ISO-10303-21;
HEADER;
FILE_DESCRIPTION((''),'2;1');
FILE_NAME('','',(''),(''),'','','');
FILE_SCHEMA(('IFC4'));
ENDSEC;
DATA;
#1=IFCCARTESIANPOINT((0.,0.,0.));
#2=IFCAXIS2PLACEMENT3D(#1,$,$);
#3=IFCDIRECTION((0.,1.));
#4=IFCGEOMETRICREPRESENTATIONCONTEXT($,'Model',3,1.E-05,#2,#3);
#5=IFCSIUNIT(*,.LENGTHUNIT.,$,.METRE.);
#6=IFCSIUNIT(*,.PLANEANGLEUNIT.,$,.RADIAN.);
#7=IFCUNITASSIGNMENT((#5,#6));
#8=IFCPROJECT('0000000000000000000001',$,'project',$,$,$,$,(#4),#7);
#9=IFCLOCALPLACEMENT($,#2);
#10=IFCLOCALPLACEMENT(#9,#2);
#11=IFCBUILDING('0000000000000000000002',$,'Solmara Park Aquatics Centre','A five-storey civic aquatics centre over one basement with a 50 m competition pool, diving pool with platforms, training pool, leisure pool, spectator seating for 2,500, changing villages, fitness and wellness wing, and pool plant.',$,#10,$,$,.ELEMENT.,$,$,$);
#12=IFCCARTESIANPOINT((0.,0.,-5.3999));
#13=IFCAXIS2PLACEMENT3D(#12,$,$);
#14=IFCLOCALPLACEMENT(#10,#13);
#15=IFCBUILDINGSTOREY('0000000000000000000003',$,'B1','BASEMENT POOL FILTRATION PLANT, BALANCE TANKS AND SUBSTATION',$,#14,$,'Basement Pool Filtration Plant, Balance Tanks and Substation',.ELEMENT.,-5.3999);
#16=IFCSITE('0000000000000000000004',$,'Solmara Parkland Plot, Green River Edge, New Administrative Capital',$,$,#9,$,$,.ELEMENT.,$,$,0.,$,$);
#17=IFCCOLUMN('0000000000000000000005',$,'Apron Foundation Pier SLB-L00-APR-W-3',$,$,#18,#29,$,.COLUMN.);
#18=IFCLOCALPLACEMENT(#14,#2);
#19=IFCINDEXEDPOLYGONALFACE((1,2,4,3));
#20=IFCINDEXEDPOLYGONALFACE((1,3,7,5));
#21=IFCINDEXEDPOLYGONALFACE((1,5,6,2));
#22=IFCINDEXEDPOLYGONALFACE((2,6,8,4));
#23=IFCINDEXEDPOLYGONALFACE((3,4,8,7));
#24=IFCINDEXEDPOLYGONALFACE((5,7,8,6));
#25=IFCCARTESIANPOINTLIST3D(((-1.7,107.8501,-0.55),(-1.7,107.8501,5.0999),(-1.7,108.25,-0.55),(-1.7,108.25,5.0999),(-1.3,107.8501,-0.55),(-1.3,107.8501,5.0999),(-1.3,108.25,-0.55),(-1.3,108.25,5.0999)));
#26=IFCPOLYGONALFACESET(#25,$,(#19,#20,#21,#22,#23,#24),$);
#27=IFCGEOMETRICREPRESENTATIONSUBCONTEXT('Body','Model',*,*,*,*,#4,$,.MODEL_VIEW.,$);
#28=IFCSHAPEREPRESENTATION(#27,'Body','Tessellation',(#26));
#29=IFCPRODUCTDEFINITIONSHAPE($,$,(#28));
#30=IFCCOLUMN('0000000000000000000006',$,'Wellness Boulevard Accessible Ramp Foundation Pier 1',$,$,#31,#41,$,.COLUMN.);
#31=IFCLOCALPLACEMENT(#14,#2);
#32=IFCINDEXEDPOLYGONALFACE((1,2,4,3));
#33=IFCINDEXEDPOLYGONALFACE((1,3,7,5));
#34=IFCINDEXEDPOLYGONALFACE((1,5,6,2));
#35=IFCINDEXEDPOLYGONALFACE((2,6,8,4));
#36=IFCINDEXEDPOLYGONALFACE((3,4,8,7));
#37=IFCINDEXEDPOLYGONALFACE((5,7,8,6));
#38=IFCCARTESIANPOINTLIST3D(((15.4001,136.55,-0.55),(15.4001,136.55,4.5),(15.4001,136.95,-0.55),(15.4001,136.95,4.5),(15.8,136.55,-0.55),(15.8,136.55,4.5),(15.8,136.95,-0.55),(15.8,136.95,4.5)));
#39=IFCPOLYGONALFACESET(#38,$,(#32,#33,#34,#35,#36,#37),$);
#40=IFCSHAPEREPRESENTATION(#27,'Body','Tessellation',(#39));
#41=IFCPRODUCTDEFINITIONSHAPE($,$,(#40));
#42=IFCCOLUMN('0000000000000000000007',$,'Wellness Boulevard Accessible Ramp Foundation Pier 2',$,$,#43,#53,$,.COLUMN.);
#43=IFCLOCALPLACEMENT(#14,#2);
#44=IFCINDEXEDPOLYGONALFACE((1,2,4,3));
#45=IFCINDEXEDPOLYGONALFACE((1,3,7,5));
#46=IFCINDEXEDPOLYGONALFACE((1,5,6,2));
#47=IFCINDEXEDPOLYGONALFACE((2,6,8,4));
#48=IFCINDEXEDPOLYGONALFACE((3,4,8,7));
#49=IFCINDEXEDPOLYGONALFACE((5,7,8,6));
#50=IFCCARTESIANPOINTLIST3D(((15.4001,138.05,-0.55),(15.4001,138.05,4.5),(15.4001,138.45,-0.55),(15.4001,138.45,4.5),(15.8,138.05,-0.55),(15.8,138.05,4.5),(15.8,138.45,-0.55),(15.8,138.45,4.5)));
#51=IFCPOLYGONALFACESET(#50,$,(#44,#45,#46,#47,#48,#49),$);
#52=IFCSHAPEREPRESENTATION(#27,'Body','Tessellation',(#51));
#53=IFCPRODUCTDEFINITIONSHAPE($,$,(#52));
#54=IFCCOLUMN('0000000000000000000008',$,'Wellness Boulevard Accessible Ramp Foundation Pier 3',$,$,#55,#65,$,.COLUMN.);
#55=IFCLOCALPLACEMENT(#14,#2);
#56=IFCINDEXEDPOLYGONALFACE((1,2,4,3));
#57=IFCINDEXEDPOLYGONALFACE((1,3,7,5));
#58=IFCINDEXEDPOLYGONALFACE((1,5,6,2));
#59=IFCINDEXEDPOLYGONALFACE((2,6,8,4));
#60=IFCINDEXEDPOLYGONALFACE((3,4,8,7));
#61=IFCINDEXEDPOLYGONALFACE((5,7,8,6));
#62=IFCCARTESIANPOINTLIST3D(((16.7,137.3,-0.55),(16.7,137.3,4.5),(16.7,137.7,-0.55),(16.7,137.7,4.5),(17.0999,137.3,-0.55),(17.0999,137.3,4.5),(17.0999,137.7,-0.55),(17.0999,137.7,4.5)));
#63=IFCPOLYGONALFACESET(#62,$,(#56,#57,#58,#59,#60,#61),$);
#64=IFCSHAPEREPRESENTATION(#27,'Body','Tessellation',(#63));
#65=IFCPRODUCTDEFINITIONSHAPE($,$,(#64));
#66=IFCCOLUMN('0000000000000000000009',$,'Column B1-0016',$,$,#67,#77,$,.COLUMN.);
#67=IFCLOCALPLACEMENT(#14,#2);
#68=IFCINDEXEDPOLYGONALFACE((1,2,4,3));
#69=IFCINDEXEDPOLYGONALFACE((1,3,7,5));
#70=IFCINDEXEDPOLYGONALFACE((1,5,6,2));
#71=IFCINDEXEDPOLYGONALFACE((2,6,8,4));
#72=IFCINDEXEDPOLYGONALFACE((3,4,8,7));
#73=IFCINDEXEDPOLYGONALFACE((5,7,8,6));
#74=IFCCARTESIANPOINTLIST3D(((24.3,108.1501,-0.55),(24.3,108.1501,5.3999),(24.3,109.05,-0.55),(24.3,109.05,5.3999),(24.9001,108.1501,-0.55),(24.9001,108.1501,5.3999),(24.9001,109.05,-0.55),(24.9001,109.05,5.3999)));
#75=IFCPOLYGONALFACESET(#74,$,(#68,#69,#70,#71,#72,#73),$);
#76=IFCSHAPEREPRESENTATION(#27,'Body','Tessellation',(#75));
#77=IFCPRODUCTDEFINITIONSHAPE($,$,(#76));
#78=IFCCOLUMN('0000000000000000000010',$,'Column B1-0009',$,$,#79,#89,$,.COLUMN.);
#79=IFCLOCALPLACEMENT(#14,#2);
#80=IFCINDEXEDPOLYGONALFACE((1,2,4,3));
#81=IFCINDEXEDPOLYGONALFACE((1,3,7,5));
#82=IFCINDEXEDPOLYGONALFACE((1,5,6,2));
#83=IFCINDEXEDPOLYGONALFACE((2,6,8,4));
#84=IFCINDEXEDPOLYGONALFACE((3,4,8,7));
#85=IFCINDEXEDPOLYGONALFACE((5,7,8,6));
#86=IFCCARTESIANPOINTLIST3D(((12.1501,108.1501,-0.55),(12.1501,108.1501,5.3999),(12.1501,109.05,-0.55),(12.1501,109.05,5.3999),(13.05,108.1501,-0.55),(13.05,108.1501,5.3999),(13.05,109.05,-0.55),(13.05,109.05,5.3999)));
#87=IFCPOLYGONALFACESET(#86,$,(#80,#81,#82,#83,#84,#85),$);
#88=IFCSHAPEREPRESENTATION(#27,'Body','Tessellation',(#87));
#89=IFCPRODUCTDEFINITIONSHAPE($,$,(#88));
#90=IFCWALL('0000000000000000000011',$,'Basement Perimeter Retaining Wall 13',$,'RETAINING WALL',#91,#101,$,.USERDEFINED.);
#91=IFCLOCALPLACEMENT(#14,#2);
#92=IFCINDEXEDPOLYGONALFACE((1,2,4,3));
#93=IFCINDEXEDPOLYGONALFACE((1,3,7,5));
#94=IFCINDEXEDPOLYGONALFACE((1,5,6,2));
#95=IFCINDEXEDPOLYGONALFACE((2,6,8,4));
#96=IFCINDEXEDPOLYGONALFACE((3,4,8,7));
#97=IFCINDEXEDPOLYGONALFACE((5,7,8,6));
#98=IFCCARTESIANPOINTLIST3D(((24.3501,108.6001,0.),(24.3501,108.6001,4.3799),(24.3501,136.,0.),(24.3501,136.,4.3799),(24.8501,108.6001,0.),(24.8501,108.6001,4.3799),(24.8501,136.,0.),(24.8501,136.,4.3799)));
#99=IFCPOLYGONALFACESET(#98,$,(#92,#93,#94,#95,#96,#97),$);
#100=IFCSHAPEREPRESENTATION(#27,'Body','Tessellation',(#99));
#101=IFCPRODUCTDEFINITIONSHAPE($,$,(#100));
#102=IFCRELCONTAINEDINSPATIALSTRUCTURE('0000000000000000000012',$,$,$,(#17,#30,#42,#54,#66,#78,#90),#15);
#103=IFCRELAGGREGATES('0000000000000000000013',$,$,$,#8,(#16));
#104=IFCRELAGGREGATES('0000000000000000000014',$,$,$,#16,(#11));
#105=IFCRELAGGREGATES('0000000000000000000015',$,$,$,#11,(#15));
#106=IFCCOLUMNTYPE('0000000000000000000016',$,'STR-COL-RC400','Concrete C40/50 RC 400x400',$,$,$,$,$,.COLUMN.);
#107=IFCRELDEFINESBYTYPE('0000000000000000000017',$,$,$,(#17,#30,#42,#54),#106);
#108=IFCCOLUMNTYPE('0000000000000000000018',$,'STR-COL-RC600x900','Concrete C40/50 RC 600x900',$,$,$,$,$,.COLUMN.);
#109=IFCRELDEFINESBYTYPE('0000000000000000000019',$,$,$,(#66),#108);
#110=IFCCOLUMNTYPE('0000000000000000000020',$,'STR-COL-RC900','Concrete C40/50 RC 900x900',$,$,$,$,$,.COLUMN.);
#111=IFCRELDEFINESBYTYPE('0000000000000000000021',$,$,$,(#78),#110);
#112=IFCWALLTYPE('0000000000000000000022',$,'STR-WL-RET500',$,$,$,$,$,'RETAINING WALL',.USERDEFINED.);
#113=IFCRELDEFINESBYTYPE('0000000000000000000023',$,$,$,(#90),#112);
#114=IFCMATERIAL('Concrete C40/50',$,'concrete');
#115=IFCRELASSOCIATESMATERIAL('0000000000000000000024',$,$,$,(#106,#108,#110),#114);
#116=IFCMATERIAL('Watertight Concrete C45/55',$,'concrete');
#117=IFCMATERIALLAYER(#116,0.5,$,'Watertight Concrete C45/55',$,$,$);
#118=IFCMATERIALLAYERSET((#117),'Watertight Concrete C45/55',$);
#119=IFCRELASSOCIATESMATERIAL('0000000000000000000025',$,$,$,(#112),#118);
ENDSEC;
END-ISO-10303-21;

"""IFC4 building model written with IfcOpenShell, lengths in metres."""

from ifc_helpers import new_model, si_unit, direction, frame, frame_2d, origin, origin_2d, place, context, subcontext, project, spatial, rectangle, extrude, material, layer, layer_set, material_profile, profile_set, type_object, element, save


model = new_model("IFC4")

# Units and contexts
model_context = context("Model", 3, precision=1e-05, world=origin(), true_north=direction((0.0, 1.0)))
body_context = subcontext(model_context, "Body", "Model", "MODEL_VIEW")
ifc_project = project(units=[si_unit("LENGTHUNIT", "METRE"), si_unit("PLANEANGLEUNIT", "RADIAN")], contexts=[model_context])

# Site, building, storey
site_placement = place(None, origin())
site = spatial("IfcSite", under=ifc_project, at=site_placement, Name="Solmara Parkland Plot, Green River Edge, New Administrative Capital", CompositionType="ELEMENT", RefElevation=0.0)
building_placement = place(site_placement, origin())
building = spatial("IfcBuilding", under=site, at=building_placement, Name="Solmara Park Aquatics Centre", Description="A five-storey civic aquatics centre over one basement with a 50 m competition pool, diving pool with platforms, training pool, leisure pool, spectator seating for 2,500, changing villages, fitness and wellness wing, and pool plant.", CompositionType="ELEMENT")
storey_placement = place(building_placement, frame((0.0, 0.0, -5.3999)))
storey = spatial("IfcBuildingStorey", under=building, at=storey_placement, Name="B1", Description="BASEMENT POOL FILTRATION PLANT, BALANCE TANKS AND SUBSTATION", LongName="Basement Pool Filtration Plant, Balance Tanks and Substation", CompositionType="ELEMENT", Elevation=-5.3999)

# Shared definitions
ifc_material_1 = material(Name="Watertight Concrete C45/55", Category="concrete")

# Columns
ifc_material_2 = material(Name="Concrete C40/50", Category="concrete")
ifc_material_profile_1 = material_profile(ifc_material_2, rectangle(XDim=0.3999, YDim=0.3999, at=origin_2d()), Name="RC 400x400")
ifc_profile_set_1 = profile_set([ifc_material_profile_1], Name="Concrete C40/50")
column_type_1 = type_object("IfcColumnType", Name="STR-COL-RC400", Description="Concrete C40/50 RC 400x400", PredefinedType="COLUMN", material=ifc_profile_set_1)
column_1_placement = place(storey_placement, frame((-1.5, 108.05, -0.55), z_axis=(0.0, 0.0, 1.0), x_axis=(1.0, 0.0, 0.0)))
element("IfcColumn", 1, at=column_1_placement, inside=storey, type_object=column_type_1, Name="Apron Foundation Pier SLB-L00-APR-W-3", PredefinedType="COLUMN", context=body_context, shape_type="SweptSolid", body=[
    extrude(rectangle(XDim=0.3999, YDim=0.3999, at=origin_2d()), origin(), (0.0, 0.0, 1.0), 5.6499),
])
for number, where, z_axis, x_axis, name in (
    (2, (15.6001, 136.75, -0.55), (0.0, 0.0, 1.0), (1.0, 0.0, 0.0), "Wellness Boulevard Accessible Ramp Foundation Pier 1"),
    (3, (15.6001, 138.25, -0.55), (0.0, 0.0, 1.0), (1.0, 0.0, 0.0), "Wellness Boulevard Accessible Ramp Foundation Pier 2"),
    (4, (16.8999, 137.5, -0.55), (0.0, 0.0, 1.0), (1.0, 0.0, 0.0), "Wellness Boulevard Accessible Ramp Foundation Pier 3"),
):
    element("IfcColumn", number, at=place(storey_placement, frame(where, z_axis=z_axis, x_axis=x_axis)), inside=storey, type_object=column_type_1, Name=name, PredefinedType="COLUMN", context=body_context, shape_type="SweptSolid", body=[
        extrude(rectangle(XDim=0.3999, YDim=0.3999, at=origin_2d()), origin(), (0.0, 0.0, 1.0), 5.05),
    ])
ifc_material_profile_2 = material_profile(ifc_material_2, rectangle(XDim=0.6001, YDim=0.8999, at=origin_2d()), Name="RC 600x900")
ifc_profile_set_2 = profile_set([ifc_material_profile_2], Name="Concrete C40/50")
column_type_2 = type_object("IfcColumnType", Name="STR-COL-RC600x900", Description="Concrete C40/50 RC 600x900", PredefinedType="COLUMN", material=ifc_profile_set_2)
column_2_placement = place(storey_placement, frame((24.6001, 108.6001, -0.55), z_axis=(0.0, 0.0, 1.0), x_axis=(1.0, 0.0, 0.0)))
element("IfcColumn", 5, at=column_2_placement, inside=storey, type_object=column_type_2, Name="Column B1-0016", PredefinedType="COLUMN", context=body_context, shape_type="SweptSolid", body=[
    extrude(rectangle(XDim=0.6001, YDim=0.8999, at=origin_2d()), origin(), (0.0, 0.0, 1.0), 5.95),
])
ifc_material_profile_3 = material_profile(ifc_material_2, rectangle(XDim=0.8999, YDim=0.8999, at=origin_2d()), Name="RC 900x900")
ifc_profile_set_3 = profile_set([ifc_material_profile_3], Name="Concrete C40/50")
column_type_3 = type_object("IfcColumnType", Name="STR-COL-RC900", Description="Concrete C40/50 RC 900x900", PredefinedType="COLUMN", material=ifc_profile_set_3)
column_3_placement = place(storey_placement, frame((12.6001, 108.6001, -0.55), z_axis=(0.0, 0.0, 1.0), x_axis=(1.0, 0.0, 0.0)))
element("IfcColumn", 6, at=column_3_placement, inside=storey, type_object=column_type_3, Name="Column B1-0009", PredefinedType="COLUMN", context=body_context, shape_type="SweptSolid", body=[
    extrude(rectangle(XDim=0.8999, YDim=0.8999, at=origin_2d()), origin(), (0.0, 0.0, 1.0), 5.95),
])

# Wall
ifc_layer = layer(ifc_material_1, 0.5, Name="Watertight Concrete C45/55")
ifc_layer_set = layer_set([ifc_layer], Name="Watertight Concrete C45/55")
wall_type = type_object("IfcWallType", Name="STR-WL-RET500", ElementType="RETAINING WALL", PredefinedType="USERDEFINED", material=ifc_layer_set)
wall_placement = place(storey_placement, frame((24.6001, 108.6001, 0.0), z_axis=(0.0, 0.0, 1.0), x_axis=(0.0, 1.0, 0.0)))
element("IfcWall", 7, at=wall_placement, inside=storey, type_object=wall_type, Name="Basement Perimeter Retaining Wall 13", ObjectType="RETAINING WALL", PredefinedType="USERDEFINED", context=body_context, shape_type="SweptSolid", body=[
    extrude(rectangle(XDim=27.3999, YDim=0.5, at=frame_2d((13.7, 0.0))), origin(), (0.0, 0.0, 1.0), 4.3799),
])

save(model, "model.ifc")
